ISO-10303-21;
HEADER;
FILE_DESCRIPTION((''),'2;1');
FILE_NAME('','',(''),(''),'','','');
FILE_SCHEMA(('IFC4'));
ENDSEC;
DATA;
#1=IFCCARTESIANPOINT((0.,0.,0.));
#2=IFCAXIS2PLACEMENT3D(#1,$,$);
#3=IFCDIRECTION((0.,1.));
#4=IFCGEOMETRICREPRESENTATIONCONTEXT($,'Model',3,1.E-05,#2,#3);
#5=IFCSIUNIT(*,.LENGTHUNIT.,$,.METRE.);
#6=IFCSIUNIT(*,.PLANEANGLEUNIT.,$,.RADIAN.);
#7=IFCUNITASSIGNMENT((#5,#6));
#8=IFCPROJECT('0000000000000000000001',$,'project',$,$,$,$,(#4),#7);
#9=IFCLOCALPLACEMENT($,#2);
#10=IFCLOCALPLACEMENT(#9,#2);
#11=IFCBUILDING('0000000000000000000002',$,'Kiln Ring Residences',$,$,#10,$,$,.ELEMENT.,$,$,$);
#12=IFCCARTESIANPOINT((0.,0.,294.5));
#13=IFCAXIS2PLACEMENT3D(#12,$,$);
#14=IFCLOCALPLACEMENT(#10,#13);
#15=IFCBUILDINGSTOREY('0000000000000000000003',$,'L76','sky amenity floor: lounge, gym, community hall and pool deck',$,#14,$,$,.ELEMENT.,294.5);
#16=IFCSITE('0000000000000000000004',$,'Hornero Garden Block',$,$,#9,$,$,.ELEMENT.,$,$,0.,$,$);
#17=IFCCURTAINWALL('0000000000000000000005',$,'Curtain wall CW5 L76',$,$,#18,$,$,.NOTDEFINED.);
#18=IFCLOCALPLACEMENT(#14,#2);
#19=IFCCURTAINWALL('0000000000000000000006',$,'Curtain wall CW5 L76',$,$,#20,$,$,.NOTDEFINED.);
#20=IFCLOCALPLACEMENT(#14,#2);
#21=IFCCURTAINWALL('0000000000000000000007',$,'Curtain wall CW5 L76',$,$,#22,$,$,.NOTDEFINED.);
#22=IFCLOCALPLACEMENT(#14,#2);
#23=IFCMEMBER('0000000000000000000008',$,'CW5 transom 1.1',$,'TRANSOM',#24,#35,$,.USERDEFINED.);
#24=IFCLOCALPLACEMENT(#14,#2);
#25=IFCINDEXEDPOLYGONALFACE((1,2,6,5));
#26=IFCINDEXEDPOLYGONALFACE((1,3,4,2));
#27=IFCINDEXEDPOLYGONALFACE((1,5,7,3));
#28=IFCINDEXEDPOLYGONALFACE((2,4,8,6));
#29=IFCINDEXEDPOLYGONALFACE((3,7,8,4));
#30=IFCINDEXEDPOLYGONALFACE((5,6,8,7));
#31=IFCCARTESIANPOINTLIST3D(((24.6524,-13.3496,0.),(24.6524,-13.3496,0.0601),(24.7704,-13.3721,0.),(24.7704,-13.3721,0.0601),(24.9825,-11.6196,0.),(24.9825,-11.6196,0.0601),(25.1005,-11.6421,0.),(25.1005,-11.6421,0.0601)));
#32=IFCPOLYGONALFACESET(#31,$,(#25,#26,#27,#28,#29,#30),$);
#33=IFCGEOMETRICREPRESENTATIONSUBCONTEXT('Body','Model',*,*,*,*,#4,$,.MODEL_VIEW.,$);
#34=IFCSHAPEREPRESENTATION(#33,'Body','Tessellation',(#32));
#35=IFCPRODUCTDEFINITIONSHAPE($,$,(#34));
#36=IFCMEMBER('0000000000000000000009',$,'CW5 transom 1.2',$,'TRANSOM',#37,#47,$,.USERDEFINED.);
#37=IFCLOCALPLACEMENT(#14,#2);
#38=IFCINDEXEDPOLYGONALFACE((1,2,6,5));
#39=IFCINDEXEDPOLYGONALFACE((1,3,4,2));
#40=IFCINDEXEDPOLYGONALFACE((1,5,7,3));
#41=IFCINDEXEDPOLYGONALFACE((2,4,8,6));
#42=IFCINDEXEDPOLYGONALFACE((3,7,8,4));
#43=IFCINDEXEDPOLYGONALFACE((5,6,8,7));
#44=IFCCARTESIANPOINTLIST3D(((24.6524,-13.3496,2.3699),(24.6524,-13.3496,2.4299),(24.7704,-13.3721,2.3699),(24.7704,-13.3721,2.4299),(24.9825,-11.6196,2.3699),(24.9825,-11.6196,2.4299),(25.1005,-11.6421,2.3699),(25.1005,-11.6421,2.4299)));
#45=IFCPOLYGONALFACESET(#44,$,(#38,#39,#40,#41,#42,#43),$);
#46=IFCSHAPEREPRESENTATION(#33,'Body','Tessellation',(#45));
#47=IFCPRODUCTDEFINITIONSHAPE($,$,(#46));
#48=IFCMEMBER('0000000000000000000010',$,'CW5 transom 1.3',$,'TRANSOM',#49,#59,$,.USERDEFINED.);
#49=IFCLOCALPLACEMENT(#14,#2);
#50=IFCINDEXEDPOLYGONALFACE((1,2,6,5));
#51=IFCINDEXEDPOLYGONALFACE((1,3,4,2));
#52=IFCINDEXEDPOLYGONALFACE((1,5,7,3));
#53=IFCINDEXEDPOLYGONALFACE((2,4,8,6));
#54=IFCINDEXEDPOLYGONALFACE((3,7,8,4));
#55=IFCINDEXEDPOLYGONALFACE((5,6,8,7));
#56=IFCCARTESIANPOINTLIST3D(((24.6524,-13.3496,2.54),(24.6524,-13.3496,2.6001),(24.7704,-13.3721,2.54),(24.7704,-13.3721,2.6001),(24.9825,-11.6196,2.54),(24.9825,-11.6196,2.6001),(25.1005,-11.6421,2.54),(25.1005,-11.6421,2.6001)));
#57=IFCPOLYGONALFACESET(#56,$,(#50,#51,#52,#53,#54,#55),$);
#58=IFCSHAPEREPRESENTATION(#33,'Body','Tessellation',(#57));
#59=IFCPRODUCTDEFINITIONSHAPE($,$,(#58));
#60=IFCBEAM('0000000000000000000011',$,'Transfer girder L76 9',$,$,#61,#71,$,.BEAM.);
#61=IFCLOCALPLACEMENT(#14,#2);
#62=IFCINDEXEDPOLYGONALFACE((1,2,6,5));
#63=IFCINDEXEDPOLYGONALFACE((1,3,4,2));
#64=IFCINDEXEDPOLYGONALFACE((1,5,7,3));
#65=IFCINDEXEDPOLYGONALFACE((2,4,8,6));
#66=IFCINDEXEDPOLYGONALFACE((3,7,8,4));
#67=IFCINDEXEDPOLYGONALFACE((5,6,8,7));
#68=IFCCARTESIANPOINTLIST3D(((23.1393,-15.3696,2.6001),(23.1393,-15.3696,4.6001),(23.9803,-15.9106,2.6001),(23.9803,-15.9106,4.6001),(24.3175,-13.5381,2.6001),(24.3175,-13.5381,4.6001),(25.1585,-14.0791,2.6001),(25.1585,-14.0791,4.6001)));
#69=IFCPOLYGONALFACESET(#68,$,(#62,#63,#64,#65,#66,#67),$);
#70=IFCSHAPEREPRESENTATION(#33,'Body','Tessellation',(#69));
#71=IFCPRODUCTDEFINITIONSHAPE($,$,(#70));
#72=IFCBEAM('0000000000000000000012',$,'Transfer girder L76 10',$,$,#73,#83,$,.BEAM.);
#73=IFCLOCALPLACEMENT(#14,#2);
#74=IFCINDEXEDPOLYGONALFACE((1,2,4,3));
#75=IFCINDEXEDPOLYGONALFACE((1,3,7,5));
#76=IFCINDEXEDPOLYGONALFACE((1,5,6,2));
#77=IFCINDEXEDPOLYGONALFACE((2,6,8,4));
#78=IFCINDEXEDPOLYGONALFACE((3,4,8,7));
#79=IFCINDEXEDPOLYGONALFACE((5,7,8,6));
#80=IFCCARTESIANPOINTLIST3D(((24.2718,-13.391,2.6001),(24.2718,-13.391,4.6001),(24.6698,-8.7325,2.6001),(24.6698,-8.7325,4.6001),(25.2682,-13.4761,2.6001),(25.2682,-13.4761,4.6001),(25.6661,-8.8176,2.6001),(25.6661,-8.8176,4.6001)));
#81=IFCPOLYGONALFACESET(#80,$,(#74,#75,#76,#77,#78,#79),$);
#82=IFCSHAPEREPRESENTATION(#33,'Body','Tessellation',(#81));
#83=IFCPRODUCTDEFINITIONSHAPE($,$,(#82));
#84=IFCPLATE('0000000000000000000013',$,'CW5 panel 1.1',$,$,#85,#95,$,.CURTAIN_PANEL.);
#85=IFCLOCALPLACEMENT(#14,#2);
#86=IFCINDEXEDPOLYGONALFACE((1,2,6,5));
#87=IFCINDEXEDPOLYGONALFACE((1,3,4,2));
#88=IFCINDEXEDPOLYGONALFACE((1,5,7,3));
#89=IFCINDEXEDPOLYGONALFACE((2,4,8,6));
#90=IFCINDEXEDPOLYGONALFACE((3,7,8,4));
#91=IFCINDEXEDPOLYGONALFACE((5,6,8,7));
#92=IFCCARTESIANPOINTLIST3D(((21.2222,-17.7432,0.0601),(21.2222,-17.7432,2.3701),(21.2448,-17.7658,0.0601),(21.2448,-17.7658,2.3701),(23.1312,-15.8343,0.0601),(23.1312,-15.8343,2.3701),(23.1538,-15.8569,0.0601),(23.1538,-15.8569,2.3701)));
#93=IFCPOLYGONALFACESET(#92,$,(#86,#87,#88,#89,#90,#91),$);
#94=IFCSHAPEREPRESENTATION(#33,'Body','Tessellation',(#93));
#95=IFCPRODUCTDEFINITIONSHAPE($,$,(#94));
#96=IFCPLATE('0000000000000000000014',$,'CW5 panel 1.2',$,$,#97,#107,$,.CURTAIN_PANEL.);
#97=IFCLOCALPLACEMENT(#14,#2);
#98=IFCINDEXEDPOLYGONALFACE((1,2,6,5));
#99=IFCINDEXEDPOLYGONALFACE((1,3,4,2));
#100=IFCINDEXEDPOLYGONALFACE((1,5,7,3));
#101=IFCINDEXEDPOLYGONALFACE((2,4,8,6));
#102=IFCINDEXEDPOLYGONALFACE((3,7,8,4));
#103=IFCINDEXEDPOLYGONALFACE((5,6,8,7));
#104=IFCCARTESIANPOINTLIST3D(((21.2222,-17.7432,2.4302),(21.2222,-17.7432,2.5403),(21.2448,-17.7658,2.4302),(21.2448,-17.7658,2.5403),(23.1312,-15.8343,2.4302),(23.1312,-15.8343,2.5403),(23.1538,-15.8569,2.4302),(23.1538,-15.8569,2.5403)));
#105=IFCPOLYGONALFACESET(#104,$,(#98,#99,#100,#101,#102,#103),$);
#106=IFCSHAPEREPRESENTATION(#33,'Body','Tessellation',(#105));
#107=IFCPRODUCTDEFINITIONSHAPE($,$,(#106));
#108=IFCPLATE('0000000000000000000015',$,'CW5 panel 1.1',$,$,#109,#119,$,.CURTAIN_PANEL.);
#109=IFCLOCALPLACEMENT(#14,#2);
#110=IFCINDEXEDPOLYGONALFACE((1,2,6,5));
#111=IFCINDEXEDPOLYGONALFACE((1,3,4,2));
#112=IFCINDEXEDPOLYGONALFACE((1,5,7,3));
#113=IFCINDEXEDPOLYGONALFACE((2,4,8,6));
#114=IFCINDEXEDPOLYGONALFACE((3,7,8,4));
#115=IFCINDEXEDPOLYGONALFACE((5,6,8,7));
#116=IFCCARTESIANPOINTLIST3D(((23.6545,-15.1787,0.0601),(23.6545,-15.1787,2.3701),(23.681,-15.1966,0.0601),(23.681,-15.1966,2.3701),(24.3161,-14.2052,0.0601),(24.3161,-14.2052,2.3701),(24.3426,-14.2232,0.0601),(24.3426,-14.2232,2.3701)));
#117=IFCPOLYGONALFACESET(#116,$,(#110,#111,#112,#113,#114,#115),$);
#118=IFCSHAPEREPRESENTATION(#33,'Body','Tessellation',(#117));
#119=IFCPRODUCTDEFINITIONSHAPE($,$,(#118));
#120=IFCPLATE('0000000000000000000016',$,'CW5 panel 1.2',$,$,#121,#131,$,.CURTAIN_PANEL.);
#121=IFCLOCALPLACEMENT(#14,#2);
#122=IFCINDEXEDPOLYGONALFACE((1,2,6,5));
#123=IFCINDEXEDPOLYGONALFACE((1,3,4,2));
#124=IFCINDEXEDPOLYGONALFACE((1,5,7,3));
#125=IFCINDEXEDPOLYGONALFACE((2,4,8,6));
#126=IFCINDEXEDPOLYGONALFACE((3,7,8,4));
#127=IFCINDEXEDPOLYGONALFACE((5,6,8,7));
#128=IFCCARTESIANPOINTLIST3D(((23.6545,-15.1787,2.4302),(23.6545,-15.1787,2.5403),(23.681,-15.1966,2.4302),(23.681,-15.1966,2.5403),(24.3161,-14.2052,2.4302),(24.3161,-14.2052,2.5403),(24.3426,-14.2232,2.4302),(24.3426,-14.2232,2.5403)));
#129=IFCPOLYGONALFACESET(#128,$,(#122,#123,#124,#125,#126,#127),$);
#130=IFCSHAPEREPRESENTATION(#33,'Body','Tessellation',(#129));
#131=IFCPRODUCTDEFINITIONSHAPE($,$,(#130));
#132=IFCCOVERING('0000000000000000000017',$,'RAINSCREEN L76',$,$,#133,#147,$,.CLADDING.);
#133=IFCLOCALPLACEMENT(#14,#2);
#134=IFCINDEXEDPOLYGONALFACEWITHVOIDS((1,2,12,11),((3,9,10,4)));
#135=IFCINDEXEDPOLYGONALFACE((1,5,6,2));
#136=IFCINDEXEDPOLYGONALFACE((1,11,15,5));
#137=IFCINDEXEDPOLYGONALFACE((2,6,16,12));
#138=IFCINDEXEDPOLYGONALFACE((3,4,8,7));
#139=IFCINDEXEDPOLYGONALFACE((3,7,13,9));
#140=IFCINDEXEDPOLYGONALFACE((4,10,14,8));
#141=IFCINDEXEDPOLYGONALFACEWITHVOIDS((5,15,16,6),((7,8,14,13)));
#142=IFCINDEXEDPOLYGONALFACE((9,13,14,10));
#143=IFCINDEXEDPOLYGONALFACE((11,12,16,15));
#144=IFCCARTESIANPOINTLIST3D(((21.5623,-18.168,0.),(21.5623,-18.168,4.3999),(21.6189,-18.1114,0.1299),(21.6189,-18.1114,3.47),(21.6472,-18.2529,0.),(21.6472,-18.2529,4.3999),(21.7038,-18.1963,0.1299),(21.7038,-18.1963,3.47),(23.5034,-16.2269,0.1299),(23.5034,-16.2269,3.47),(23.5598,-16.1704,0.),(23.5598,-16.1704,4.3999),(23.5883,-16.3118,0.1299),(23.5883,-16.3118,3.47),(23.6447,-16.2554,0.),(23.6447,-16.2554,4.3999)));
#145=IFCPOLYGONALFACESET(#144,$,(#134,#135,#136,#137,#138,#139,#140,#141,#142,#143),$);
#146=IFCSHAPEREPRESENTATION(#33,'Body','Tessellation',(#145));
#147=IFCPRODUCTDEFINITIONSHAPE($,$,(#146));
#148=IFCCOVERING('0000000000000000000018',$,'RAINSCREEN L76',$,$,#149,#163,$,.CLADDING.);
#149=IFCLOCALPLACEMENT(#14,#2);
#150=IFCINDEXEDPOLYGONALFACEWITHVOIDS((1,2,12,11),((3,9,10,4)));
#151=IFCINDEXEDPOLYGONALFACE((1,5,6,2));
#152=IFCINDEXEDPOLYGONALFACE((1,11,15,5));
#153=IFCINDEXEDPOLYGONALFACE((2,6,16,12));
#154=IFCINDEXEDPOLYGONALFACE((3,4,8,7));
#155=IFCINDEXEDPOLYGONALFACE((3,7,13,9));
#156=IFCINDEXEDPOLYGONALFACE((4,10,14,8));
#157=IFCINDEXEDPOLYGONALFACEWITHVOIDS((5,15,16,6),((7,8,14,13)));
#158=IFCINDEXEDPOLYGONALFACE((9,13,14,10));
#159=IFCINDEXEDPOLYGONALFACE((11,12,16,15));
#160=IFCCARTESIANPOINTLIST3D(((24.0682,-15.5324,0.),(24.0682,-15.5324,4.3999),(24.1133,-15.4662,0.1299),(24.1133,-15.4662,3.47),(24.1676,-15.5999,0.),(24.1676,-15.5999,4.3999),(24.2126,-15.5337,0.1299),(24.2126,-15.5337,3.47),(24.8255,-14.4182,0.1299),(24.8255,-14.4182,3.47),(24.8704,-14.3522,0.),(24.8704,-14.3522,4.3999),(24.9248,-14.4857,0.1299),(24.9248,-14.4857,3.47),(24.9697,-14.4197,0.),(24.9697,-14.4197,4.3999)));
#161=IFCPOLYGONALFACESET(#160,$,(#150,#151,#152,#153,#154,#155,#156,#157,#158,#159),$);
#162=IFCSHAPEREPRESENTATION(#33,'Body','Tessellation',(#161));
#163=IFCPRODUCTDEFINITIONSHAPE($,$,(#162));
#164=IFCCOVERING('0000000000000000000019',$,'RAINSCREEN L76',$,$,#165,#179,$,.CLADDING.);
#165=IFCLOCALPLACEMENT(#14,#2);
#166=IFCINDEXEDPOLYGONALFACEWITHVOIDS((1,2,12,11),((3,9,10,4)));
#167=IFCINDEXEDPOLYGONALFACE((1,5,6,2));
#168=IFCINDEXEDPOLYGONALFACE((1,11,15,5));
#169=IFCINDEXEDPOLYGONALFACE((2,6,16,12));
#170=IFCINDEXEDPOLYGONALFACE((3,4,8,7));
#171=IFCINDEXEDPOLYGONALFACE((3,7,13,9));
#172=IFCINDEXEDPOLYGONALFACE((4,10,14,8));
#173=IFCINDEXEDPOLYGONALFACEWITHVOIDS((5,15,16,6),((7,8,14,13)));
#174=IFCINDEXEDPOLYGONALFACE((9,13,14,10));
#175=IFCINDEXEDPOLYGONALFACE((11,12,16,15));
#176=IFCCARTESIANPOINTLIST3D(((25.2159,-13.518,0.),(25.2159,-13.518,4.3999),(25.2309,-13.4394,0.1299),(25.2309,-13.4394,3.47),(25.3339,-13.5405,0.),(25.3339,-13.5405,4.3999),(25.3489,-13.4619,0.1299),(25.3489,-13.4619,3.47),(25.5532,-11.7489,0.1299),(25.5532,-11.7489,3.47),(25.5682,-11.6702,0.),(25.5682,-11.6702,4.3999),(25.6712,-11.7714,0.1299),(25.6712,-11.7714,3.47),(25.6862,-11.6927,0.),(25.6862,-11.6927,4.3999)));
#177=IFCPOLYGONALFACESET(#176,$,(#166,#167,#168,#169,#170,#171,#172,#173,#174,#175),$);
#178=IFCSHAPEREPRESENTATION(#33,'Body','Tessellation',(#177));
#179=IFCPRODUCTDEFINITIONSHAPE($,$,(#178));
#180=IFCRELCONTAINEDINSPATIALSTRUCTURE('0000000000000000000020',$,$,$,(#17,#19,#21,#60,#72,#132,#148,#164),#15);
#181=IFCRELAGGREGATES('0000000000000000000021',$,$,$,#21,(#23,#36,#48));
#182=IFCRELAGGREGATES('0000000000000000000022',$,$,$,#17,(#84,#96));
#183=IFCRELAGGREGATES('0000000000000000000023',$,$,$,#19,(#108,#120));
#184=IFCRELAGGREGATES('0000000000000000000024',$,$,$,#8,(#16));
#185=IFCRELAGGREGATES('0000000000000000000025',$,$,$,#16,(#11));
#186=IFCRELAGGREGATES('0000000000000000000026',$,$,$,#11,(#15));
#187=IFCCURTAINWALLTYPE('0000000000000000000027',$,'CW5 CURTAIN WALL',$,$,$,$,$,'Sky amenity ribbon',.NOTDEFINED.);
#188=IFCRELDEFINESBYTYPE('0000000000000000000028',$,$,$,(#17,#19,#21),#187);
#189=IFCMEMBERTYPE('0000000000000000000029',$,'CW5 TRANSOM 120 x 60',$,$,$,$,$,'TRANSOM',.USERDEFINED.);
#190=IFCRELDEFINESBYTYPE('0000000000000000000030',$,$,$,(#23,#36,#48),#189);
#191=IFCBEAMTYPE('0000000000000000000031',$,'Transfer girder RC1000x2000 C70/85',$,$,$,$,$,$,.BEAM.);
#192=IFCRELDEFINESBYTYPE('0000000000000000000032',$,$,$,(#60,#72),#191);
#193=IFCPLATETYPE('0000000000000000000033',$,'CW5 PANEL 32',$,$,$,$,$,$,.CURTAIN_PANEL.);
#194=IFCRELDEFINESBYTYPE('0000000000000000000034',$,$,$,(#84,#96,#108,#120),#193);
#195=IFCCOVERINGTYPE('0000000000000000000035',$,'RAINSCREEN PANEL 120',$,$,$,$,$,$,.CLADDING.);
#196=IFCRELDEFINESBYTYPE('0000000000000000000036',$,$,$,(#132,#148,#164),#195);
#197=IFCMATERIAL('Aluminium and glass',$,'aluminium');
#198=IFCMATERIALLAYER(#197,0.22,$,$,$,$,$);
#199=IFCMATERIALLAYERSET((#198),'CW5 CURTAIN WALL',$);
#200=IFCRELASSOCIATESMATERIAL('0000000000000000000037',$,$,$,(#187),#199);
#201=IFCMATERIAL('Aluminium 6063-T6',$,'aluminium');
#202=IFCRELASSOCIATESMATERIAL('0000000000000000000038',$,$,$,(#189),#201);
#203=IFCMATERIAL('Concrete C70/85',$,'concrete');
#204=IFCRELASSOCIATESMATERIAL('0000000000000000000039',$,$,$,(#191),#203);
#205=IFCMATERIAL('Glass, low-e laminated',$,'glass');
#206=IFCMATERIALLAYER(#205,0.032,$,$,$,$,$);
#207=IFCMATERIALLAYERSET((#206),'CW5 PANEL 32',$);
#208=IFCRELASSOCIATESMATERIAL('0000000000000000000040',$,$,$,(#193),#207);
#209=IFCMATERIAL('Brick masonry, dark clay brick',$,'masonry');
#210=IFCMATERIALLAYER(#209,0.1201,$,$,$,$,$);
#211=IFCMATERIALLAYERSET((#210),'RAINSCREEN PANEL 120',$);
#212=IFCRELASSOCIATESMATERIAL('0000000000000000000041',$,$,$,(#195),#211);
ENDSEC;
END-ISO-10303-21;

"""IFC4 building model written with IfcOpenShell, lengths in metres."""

from ifc_helpers import new_model, si_unit, direction, frame, origin, origin_2d, place, context, subcontext, project, spatial, polyline, rectangle, outline, extrude, material, layer, layer_set, material_profile, profile_set, type_object, element, aggregate, save


model = new_model("IFC4")

# Units and contexts
model_context = context("Model", 3, precision=1e-05, world=origin(), true_north=direction((0.0, 1.0)))
body_context = subcontext(model_context, "Body", "Model", "MODEL_VIEW")
ifc_project = project(units=[si_unit("LENGTHUNIT", "METRE"), si_unit("PLANEANGLEUNIT", "RADIAN")], contexts=[model_context])

# Site, building, storey
site_placement = place(None, origin())
site = spatial("IfcSite", under=ifc_project, at=site_placement, Name="Hornero Garden Block", CompositionType="ELEMENT", RefElevation=0.0)
building_placement = place(site_placement, origin())
building = spatial("IfcBuilding", under=site, at=building_placement, Name="Kiln Ring Residences", CompositionType="ELEMENT")
storey_placement = place(building_placement, frame((0.0, 0.0, 294.5)))
storey = spatial("IfcBuildingStorey", under=building, at=storey_placement, Name="L76", Description="sky amenity floor: lounge, gym, community hall and pool deck", CompositionType="ELEMENT", Elevation=294.5)

# Shared definitions
ifc_material_1 = material(Name="Aluminium and glass", Category="aluminium")
ifc_layer_1 = layer(ifc_material_1, 0.22)
ifc_layer_set_1 = layer_set([ifc_layer_1], Name="CW5 CURTAIN WALL")
curtain_wall_type = type_object("IfcCurtainWallType", Name="CW5 CURTAIN WALL", ElementType="Sky amenity ribbon", PredefinedType="NOTDEFINED", material=ifc_layer_set_1)
placement = place(storey_placement, origin())

# Curtain walls
curtain_wall_1 = element("IfcCurtainWall", 1, at=placement, inside=storey, type_object=curtain_wall_type, Name="Curtain wall CW5 L76", PredefinedType="NOTDEFINED")
curtain_wall_2 = element("IfcCurtainWall", 2, at=placement, inside=storey, type_object=curtain_wall_type, Name="Curtain wall CW5 L76", PredefinedType="NOTDEFINED")

# Curtain wall
curtain_wall_3 = element("IfcCurtainWall", 3, at=placement, inside=storey, type_object=curtain_wall_type, Name="Curtain wall CW5 L76", PredefinedType="NOTDEFINED")

# Members
ifc_material_2 = material(Name="Aluminium 6063-T6", Category="aluminium")
ifc_material_profile_1 = material_profile(ifc_material_2, rectangle(XDim=0.1201, YDim=0.0601, at=origin_2d()), Name="AL 120x60")
ifc_profile_set_1 = profile_set([ifc_material_profile_1], Name="Aluminium 6063-T6")
member_type_1 = type_object("IfcMemberType", Name="CW5 TRANSOM 120 x 60", ElementType="TRANSOM", PredefinedType="USERDEFINED", material=ifc_profile_set_1)
member_1_placement = place(storey_placement, frame((24.7114, -13.3608, 0.03), z_axis=(0.187418, 0.98228, 0.0), x_axis=(-0.98228, 0.187418, 0.0)))
member_1 = element("IfcMember", 4, at=member_1_placement, type_object=member_type_1, Name="CW5 transom 1.1", ObjectType="TRANSOM", PredefinedType="USERDEFINED", context=body_context, shape_type="SweptSolid", body=[
    extrude(rectangle(XDim=0.1201, YDim=0.0601, at=origin_2d()), origin(), (0.0, 0.0, 1.0), 1.7612),
])
member_2_placement = place(storey_placement, frame((24.7114, -13.3608, 2.3999), z_axis=(0.187418, 0.98228, 0.0), x_axis=(-0.98228, 0.187418, 0.0)))
member_2 = element("IfcMember", 5, at=member_2_placement, type_object=member_type_1, Name="CW5 transom 1.2", ObjectType="TRANSOM", PredefinedType="USERDEFINED", context=body_context, shape_type="SweptSolid", body=[
    extrude(rectangle(XDim=0.1201, YDim=0.0601, at=origin_2d()), origin(), (0.0, 0.0, 1.0), 1.7612),
])
member_3_placement = place(storey_placement, frame((24.7114, -13.3608, 2.5701), z_axis=(0.187418, 0.98228, 0.0), x_axis=(-0.98228, 0.187418, 0.0)))
member_3 = element("IfcMember", 6, at=member_3_placement, type_object=member_type_1, Name="CW5 transom 1.3", ObjectType="TRANSOM", PredefinedType="USERDEFINED", context=body_context, shape_type="SweptSolid", body=[
    extrude(rectangle(XDim=0.1201, YDim=0.0601, at=origin_2d()), origin(), (0.0, 0.0, 1.0), 1.7612),
])
aggregate(curtain_wall_3, [member_1, member_2, member_3])

# Beams
ifc_material_3 = material(Name="Concrete C70/85", Category="concrete")
ifc_material_profile_2 = material_profile(ifc_material_3, rectangle(XDim=1.0, YDim=2.0, at=origin_2d()), Name="RC1000x2000")
ifc_profile_set_2 = profile_set([ifc_material_profile_2], Name="Concrete C70/85")
beam_type = type_object("IfcBeamType", Name="Transfer girder RC1000x2000 C70/85", PredefinedType="BEAM", material=ifc_profile_set_2)
beam_1_placement = place(storey_placement, frame((23.5598, -15.6401, 3.6001), z_axis=(0.541018, 0.841011, 0.0), x_axis=(-0.841011, 0.541018, 0.0)))
element("IfcBeam", 7, at=beam_1_placement, inside=storey, type_object=beam_type, Name="Transfer girder L76 9", PredefinedType="BEAM", context=body_context, shape_type="SweptSolid", body=[
    extrude(rectangle(XDim=1.0, YDim=2.0, at=origin_2d()), origin(), (0.0, 0.0, 1.0), 2.1777),
])
beam_2_placement = place(storey_placement, frame((24.77, -13.4336, 3.6001), z_axis=(0.085111, 0.996371, 0.0), x_axis=(-0.996371, 0.085111, 0.0)))
element("IfcBeam", 8, at=beam_2_placement, inside=storey, type_object=beam_type, Name="Transfer girder L76 10", PredefinedType="BEAM", context=body_context, shape_type="SweptSolid", body=[
    extrude(rectangle(XDim=1.0, YDim=2.0, at=origin_2d()), origin(), (0.0, 0.0, 1.0), 4.6755),
])

# Plates
ifc_material_4 = material(Name="Glass, low-e laminated", Category="glass")
ifc_layer_2 = layer(ifc_material_4, 0.032)
ifc_layer_set_2 = layer_set([ifc_layer_2], Name="CW5 PANEL 32")
plate_type = type_object("IfcPlateType", Name="CW5 PANEL 32", PredefinedType="CURTAIN_PANEL", material=ifc_layer_set_2)
plate_1_placement = place(storey_placement, frame((22.188, -16.8, 0.0601), z_axis=(0.0, 0.0, 1.0), x_axis=(0.707107, 0.707107, 0.0)))
plate_1 = element("IfcPlate", 9, at=plate_1_placement, type_object=plate_type, Name="CW5 panel 1.1", PredefinedType="CURTAIN_PANEL", context=body_context, shape_type="SweptSolid", body=[
    extrude(rectangle(XDim=2.6997, YDim=0.032, at=origin_2d()), origin(), (0.0, 0.0, 1.0), 2.3101),
])
plate_2_placement = place(storey_placement, frame((22.188, -16.8, 2.4302), z_axis=(0.0, 0.0, 1.0), x_axis=(0.707107, 0.707107, 0.0)))
plate_2 = element("IfcPlate", 10, at=plate_2_placement, type_object=plate_type, Name="CW5 panel 1.2", PredefinedType="CURTAIN_PANEL", context=body_context, shape_type="SweptSolid", body=[
    extrude(rectangle(XDim=2.6997, YDim=0.032, at=origin_2d()), origin(), (0.0, 0.0, 1.0), 0.1101),
])
aggregate(curtain_wall_1, [plate_1, plate_2])
plate_3_placement = place(storey_placement, frame((23.9985, -14.7009, 0.0601), z_axis=(0.0, 0.0, 1.0), x_axis=(0.562097, 0.827072, 0.0)))
plate_3 = element("IfcPlate", 11, at=plate_3_placement, type_object=plate_type, Name="CW5 panel 1.1", PredefinedType="CURTAIN_PANEL", context=body_context, shape_type="SweptSolid", body=[
    extrude(rectangle(XDim=1.177, YDim=0.032, at=origin_2d()), origin(), (0.0, 0.0, 1.0), 2.3101),
])
plate_4_placement = place(storey_placement, frame((23.9985, -14.7009, 2.4302), z_axis=(0.0, 0.0, 1.0), x_axis=(0.562097, 0.827072, 0.0)))
plate_4 = element("IfcPlate", 12, at=plate_4_placement, type_object=plate_type, Name="CW5 panel 1.2", PredefinedType="CURTAIN_PANEL", context=body_context, shape_type="SweptSolid", body=[
    extrude(rectangle(XDim=1.177, YDim=0.032, at=origin_2d()), origin(), (0.0, 0.0, 1.0), 0.1101),
])
aggregate(curtain_wall_2, [plate_3, plate_4])

# Coverings
ifc_material_5 = material(Name="Brick masonry, dark clay brick", Category="masonry")
ifc_layer_3 = layer(ifc_material_5, 0.1201)
ifc_layer_set_3 = layer_set([ifc_layer_3], Name="RAINSCREEN PANEL 120")
covering_type = type_object("IfcCoveringType", Name="RAINSCREEN PANEL 120", PredefinedType="CLADDING", material=ifc_layer_set_3)
covering_1_placement = place(storey_placement, frame((21.6047, -18.2104, 0.0), z_axis=(0.0, 0.0, 1.0), x_axis=(0.707107, 0.707107, 0.0)))
element("IfcCovering", 13, at=covering_1_placement, inside=storey, type_object=covering_type, Name="RAINSCREEN L76", PredefinedType="CLADDING", context=body_context, shape_type="SweptSolid", body=[
    extrude(outline(polyline([(0.0, 0.0), (2.825, 0.0), (2.825, 4.3999), (0.0, 4.3999), (0.0, 0.0)]), holes=[polyline([(0.0801, 3.47), (0.0801, 0.1299), (2.7451, 0.1299), (2.7451, 3.47), (0.0801, 3.47)])]), frame((0.0, 0.0601, 0.0), z_axis=(0.0, -1.0, 0.0), x_axis=(1.0, 0.0, 0.0)), (0.0, 0.0, 1.0), 0.1201),
])
covering_2_placement = place(storey_placement, frame((24.1179, -15.5662, 0.0), z_axis=(0.0, 0.0, 1.0), x_axis=(0.562099, 0.82707, 0.0)))
element("IfcCovering", 14, at=covering_2_placement, inside=storey, type_object=covering_type, Name="RAINSCREEN L76", PredefinedType="CLADDING", context=body_context, shape_type="SweptSolid", body=[
    extrude(outline(polyline([(0.0, 0.0), (1.427, 0.0), (1.427, 4.3999), (0.0, 4.3999), (0.0, 0.0)]), holes=[polyline([(0.0801, 3.47), (0.0801, 0.1299), (1.3472, 0.1299), (1.3472, 3.47), (0.0801, 3.47)])]), frame((0.0, 0.0601, 0.0), z_axis=(0.0, -1.0, 0.0), x_axis=(1.0, 0.0, 0.0)), (0.0, 0.0, 1.0), 0.1201),
])
covering_3_placement = place(storey_placement, frame((25.2749, -13.5293, 0.0), z_axis=(0.0, 0.0, 1.0), x_axis=(0.187273, 0.982308, 0.0)))
element("IfcCovering", 15, at=covering_3_placement, inside=storey, type_object=covering_type, Name="RAINSCREEN L76", PredefinedType="CLADDING", context=body_context, shape_type="SweptSolid", body=[
    extrude(outline(polyline([(0.0, 0.0), (1.8811, 0.0), (1.8811, 4.3999), (0.0, 4.3999), (0.0, 0.0)]), holes=[polyline([(0.0801, 3.47), (0.0801, 0.1299), (1.801, 0.1299), (1.801, 3.47), (0.0801, 3.47)])]), frame((0.0, 0.0601, 0.0), z_axis=(0.0, -1.0, 0.0), x_axis=(1.0, 0.0, 0.0)), (0.0, 0.0, 1.0), 0.1201),
])

save(model, "model.ifc")
